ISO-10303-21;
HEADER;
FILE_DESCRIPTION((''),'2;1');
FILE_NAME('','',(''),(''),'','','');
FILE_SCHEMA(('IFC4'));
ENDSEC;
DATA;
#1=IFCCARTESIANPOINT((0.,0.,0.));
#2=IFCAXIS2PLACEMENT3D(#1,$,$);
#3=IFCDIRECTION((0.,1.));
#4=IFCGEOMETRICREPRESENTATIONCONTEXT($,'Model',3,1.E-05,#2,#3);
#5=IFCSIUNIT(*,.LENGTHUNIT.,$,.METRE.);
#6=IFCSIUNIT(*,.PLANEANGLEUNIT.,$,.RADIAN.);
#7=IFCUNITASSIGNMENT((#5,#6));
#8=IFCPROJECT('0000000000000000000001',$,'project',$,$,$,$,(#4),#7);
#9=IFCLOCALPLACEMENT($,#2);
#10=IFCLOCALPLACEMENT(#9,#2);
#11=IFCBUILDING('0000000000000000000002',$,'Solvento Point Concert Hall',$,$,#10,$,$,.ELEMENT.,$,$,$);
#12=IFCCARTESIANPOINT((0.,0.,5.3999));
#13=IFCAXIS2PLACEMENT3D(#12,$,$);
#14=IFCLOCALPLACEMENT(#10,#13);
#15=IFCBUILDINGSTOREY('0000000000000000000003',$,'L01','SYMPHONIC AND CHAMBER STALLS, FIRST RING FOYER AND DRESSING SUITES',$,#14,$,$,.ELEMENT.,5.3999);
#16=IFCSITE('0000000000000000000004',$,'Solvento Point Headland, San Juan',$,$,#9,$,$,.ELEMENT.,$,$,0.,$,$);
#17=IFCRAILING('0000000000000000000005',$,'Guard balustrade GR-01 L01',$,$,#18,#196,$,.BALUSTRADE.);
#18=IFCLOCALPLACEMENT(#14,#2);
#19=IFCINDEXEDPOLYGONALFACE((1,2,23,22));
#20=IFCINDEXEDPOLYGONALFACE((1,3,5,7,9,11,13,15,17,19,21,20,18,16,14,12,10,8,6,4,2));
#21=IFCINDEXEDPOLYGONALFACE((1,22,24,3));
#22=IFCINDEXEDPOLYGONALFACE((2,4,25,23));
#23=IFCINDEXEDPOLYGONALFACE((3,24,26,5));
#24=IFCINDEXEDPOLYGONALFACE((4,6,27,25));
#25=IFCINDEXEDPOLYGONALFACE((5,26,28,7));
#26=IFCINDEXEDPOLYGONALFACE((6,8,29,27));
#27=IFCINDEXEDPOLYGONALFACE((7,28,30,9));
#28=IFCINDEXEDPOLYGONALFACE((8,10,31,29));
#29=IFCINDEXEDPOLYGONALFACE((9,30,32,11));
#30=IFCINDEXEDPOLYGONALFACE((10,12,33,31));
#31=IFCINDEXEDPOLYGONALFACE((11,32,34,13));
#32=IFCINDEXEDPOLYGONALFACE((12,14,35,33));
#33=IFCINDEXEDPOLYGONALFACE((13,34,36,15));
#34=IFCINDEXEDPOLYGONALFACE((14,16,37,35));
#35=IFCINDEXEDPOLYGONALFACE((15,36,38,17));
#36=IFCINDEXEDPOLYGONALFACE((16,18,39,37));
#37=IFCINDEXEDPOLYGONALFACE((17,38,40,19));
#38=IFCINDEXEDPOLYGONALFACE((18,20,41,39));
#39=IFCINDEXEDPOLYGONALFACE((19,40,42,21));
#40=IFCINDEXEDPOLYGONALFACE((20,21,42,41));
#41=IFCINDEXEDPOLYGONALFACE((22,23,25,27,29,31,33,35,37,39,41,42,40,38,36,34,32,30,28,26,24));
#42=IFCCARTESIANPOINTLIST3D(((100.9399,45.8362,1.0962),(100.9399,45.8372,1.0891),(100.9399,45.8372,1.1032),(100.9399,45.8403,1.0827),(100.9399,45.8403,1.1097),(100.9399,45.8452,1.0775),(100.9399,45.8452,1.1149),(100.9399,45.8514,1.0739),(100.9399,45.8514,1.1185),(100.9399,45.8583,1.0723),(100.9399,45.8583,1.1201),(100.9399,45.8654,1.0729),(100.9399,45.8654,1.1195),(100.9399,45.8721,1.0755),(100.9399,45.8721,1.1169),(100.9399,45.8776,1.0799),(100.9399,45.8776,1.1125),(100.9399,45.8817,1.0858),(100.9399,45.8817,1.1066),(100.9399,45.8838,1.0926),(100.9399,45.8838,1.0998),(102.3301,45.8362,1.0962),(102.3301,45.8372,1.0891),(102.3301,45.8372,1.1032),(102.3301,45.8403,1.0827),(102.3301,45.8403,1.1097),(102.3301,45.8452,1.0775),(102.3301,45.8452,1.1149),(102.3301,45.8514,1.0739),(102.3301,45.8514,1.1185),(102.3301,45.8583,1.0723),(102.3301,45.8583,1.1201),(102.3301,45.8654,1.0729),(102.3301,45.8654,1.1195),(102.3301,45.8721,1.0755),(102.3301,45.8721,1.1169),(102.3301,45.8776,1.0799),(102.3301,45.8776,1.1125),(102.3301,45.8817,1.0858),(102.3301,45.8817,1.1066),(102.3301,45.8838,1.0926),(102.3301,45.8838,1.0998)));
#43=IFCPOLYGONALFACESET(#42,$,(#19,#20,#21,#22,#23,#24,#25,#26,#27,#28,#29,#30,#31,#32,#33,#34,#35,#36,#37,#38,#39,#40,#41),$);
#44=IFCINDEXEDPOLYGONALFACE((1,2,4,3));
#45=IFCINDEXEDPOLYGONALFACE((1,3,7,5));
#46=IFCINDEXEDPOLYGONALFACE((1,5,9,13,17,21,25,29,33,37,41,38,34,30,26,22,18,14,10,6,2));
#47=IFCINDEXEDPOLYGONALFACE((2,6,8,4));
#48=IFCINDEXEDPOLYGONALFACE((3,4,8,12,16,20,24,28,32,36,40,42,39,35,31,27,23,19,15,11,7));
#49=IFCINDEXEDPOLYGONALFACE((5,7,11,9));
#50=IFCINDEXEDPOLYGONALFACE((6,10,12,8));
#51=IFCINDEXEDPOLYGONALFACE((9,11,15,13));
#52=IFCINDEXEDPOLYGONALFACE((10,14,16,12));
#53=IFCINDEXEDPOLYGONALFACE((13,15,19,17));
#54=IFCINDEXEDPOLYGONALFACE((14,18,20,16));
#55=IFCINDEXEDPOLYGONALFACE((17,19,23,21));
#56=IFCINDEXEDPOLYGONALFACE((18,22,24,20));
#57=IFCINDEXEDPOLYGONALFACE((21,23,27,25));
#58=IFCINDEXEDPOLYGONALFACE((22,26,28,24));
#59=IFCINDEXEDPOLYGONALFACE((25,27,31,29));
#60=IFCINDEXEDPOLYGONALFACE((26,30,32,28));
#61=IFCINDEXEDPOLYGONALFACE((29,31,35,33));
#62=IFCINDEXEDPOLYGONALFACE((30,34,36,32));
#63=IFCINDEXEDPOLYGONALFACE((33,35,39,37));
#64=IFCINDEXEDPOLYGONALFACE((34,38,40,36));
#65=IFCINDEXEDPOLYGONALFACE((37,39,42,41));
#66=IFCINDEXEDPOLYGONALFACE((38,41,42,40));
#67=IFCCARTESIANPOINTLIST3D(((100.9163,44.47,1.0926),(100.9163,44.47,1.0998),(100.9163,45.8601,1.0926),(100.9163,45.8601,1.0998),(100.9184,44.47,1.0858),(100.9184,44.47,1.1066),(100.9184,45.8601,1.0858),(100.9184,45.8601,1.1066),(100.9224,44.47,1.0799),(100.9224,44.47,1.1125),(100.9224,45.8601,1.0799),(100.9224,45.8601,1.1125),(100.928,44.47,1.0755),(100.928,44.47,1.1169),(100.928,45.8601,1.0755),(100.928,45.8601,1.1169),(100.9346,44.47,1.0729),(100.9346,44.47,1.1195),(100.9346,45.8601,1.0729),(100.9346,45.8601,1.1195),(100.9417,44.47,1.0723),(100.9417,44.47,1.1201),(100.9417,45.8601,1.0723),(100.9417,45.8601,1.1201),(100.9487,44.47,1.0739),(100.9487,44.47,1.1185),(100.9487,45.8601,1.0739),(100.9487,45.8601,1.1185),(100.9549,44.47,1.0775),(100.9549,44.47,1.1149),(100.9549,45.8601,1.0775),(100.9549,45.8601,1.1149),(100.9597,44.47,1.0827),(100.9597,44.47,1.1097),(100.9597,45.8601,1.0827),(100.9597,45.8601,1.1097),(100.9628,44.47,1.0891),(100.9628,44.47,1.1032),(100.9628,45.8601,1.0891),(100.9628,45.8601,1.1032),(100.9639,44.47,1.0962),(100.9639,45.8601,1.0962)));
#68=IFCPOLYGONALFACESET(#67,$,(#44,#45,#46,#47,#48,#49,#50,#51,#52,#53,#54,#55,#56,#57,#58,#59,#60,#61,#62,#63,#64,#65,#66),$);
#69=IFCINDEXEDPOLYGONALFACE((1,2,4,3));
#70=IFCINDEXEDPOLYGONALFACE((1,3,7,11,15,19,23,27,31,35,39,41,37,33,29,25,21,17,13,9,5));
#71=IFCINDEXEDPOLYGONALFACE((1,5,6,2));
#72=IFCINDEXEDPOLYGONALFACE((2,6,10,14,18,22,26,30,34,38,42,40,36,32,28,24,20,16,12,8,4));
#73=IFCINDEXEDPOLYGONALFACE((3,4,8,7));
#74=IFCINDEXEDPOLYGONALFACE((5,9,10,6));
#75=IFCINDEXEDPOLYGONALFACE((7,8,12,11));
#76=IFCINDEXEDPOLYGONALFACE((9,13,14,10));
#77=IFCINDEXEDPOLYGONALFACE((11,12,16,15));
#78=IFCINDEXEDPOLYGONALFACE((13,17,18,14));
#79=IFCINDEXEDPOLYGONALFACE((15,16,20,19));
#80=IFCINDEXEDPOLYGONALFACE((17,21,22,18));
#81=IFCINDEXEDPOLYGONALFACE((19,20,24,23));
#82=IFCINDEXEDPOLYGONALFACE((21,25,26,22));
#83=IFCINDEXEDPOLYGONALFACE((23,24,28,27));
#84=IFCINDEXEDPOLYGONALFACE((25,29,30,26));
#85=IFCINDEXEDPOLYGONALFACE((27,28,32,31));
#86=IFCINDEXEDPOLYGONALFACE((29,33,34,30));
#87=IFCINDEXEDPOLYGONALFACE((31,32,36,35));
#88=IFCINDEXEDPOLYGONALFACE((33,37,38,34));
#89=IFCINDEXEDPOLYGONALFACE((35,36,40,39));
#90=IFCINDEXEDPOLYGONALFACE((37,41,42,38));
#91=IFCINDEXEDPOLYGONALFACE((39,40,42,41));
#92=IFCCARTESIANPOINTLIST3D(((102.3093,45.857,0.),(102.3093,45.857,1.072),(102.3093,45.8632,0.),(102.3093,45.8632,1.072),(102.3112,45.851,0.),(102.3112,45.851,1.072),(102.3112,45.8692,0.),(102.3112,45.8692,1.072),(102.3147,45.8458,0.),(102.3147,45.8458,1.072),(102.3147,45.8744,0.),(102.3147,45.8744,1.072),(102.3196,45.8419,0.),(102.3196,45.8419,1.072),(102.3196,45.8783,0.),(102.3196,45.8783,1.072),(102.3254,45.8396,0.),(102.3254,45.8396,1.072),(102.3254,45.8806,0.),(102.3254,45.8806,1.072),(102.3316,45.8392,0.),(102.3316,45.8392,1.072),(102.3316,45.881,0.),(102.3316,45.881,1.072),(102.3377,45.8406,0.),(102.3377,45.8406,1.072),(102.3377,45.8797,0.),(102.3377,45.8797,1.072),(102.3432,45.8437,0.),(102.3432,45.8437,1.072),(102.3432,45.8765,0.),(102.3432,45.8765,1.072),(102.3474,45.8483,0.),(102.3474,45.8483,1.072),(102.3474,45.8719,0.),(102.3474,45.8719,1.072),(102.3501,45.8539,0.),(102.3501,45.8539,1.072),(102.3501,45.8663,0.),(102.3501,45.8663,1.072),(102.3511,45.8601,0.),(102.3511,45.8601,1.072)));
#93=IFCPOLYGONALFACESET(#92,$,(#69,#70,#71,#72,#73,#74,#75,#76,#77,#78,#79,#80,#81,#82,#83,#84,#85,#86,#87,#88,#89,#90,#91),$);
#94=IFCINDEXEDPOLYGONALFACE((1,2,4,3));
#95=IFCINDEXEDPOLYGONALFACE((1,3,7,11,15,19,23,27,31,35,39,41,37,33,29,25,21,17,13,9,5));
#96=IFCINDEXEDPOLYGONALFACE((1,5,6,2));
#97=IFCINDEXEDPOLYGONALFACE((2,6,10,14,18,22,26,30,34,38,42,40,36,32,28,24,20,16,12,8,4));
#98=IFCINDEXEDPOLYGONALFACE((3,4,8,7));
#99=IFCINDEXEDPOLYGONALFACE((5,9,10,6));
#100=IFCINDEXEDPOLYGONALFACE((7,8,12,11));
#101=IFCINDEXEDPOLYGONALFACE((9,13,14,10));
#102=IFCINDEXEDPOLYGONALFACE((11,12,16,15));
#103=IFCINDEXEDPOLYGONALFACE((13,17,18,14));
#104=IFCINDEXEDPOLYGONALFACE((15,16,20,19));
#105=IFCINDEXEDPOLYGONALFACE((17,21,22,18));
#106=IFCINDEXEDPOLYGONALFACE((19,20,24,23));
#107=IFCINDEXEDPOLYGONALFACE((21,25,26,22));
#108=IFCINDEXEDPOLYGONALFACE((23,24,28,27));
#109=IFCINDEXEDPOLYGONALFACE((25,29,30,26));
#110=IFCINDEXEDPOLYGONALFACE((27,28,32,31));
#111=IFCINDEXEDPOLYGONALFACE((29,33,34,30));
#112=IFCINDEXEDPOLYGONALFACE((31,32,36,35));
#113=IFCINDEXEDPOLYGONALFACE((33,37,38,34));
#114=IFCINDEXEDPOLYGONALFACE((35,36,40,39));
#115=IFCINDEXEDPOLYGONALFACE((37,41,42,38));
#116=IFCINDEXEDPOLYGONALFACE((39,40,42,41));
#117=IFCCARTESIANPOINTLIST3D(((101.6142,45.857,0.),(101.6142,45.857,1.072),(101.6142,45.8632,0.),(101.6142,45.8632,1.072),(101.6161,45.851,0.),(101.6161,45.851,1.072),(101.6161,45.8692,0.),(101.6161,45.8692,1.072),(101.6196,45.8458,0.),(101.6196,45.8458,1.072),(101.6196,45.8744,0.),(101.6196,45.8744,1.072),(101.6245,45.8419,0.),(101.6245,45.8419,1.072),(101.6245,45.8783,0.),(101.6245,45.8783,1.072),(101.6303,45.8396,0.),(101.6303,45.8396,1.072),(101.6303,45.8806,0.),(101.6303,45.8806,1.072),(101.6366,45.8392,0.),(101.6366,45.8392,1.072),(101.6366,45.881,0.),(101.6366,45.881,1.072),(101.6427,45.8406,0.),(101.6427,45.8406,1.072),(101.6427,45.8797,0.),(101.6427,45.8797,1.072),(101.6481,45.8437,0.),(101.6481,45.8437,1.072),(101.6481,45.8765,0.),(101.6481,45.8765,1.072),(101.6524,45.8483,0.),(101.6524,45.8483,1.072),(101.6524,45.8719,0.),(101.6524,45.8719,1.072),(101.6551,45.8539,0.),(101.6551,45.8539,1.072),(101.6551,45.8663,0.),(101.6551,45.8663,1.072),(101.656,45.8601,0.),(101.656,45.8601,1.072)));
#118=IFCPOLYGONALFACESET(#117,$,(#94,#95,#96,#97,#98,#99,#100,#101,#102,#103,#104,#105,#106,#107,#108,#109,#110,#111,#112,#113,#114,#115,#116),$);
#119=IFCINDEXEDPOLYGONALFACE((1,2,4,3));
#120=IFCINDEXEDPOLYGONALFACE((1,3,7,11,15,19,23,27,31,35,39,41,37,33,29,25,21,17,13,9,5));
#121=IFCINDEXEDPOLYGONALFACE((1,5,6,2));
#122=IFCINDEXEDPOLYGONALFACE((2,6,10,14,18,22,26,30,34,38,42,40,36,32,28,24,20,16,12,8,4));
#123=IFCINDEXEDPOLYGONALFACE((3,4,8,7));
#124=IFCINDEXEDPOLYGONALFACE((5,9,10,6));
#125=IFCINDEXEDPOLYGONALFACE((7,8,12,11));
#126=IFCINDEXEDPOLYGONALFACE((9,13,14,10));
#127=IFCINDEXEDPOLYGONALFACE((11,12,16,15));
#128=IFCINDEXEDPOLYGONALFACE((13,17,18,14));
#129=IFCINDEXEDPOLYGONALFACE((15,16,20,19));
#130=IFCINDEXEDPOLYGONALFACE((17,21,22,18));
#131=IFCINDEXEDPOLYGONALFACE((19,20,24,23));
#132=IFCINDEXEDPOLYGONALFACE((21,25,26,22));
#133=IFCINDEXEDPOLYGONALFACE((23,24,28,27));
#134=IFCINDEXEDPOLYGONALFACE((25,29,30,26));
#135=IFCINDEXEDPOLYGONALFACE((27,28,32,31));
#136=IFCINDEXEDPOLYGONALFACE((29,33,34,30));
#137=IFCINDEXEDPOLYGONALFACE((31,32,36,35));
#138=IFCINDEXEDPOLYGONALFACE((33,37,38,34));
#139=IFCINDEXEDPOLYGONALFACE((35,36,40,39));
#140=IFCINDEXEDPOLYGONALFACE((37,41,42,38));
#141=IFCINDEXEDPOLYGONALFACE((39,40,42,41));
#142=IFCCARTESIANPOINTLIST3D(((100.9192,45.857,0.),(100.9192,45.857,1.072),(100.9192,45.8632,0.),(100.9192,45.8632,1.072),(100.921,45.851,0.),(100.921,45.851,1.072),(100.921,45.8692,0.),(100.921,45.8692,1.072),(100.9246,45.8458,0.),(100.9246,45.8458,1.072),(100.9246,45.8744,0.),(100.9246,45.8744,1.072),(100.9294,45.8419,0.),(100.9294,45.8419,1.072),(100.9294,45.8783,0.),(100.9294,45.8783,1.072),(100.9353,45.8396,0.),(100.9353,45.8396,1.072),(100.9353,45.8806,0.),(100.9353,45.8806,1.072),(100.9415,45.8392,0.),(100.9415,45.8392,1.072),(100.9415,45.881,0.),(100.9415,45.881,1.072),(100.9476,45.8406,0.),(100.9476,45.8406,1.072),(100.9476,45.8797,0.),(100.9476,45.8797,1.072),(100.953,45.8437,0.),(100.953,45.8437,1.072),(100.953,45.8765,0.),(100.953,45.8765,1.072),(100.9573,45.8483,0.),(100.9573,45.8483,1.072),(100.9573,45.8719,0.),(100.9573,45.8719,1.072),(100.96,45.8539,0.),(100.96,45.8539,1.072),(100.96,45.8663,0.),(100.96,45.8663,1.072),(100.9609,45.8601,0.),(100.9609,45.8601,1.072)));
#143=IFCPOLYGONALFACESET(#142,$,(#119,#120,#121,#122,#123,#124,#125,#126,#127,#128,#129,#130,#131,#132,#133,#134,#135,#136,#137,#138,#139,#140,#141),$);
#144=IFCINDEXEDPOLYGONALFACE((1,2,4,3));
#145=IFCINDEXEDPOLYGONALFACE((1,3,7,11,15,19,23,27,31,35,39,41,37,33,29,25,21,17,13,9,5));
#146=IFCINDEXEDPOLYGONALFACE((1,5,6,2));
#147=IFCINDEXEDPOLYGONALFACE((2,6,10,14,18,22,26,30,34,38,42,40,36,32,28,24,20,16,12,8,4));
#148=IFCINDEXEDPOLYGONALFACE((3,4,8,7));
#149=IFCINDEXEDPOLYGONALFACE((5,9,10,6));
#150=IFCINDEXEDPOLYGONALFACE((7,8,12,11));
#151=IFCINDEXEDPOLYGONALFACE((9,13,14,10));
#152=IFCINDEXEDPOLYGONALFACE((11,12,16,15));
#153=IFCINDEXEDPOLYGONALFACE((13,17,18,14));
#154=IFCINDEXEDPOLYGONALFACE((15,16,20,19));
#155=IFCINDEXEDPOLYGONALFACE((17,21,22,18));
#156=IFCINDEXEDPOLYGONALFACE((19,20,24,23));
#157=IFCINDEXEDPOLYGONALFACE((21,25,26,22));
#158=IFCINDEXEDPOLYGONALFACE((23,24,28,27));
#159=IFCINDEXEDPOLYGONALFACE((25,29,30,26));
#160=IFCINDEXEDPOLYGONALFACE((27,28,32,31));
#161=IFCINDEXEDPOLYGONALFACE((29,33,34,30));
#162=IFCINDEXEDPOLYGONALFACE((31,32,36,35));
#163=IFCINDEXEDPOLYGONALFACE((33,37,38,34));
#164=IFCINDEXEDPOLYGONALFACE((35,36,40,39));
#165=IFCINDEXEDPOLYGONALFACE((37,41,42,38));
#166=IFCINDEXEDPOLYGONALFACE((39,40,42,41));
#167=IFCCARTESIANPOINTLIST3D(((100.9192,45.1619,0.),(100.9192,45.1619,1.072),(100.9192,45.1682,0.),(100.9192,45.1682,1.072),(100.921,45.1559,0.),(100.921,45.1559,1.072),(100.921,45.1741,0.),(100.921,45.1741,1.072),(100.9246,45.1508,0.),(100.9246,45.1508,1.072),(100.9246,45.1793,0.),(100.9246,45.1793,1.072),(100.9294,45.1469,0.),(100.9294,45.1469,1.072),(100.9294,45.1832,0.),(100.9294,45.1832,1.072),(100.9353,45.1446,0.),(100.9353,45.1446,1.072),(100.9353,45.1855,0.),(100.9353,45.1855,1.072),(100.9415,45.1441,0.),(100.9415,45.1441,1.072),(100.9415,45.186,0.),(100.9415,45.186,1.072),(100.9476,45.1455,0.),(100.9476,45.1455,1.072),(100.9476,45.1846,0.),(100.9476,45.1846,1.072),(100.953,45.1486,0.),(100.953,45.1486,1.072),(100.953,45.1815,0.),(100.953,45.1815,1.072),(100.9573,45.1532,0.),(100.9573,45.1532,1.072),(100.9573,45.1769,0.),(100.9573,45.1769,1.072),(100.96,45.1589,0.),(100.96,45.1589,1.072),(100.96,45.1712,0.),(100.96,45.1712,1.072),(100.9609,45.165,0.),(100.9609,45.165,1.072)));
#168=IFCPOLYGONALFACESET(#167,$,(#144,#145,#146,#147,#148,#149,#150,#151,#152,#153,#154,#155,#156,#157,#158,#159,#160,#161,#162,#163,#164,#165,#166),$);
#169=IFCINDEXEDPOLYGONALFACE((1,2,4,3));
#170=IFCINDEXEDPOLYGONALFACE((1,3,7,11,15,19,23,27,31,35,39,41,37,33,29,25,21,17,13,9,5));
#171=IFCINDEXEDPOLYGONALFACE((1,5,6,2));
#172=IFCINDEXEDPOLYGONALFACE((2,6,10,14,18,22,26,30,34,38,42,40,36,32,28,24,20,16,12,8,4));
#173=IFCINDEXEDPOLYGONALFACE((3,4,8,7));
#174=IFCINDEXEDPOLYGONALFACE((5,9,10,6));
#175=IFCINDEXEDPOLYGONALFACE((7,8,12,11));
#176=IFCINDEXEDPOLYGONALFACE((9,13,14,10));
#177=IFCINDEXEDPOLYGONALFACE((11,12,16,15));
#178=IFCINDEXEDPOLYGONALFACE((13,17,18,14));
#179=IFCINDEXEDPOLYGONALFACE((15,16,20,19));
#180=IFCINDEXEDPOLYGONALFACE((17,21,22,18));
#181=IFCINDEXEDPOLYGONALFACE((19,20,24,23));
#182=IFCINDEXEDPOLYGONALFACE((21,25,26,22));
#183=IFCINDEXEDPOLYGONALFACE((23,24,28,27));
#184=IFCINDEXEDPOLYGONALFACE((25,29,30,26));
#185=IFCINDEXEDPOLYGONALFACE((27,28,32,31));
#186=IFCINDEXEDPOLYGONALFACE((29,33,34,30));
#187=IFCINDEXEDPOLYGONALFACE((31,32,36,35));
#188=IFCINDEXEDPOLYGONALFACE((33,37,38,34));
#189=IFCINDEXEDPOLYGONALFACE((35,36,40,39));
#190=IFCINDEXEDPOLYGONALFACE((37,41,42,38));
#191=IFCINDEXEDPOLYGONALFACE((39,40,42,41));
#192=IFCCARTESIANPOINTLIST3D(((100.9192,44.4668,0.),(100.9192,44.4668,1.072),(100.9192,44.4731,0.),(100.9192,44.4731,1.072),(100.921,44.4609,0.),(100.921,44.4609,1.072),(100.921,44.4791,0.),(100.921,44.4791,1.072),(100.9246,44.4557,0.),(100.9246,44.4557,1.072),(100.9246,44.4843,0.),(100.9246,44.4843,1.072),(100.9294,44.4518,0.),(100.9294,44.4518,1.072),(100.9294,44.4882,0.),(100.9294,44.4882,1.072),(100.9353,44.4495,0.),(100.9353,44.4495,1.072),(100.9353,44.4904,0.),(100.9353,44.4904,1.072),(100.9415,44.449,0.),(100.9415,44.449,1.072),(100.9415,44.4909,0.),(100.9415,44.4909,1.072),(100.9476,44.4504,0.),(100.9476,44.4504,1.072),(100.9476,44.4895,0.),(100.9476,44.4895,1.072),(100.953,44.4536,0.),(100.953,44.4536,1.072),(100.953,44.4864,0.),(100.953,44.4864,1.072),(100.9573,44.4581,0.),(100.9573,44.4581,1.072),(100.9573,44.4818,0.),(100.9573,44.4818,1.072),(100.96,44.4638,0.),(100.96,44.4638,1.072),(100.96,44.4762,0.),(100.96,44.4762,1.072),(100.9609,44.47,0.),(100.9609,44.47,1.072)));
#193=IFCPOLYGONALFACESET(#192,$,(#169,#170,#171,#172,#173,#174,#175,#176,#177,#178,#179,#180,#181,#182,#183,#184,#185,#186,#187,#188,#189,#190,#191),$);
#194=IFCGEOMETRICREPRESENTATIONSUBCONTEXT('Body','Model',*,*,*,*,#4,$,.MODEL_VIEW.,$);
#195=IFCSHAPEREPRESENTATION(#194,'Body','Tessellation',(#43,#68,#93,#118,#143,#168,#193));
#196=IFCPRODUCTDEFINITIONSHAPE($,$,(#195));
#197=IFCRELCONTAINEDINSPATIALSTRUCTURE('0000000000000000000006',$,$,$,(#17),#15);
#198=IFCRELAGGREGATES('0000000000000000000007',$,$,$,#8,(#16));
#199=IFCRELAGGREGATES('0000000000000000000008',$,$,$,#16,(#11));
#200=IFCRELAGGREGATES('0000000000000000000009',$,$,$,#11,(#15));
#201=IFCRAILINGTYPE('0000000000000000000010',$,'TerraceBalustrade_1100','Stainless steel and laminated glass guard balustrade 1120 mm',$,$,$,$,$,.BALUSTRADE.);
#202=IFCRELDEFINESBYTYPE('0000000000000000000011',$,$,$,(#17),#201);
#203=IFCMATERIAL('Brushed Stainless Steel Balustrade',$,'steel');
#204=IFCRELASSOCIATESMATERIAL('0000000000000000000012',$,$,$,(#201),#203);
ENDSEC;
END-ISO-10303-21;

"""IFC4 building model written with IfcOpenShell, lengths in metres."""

from ifc_helpers import new_model, si_unit, direction, frame, origin, origin_2d, place, context, subcontext, project, spatial, circle, extrude, material, type_object, element, save


model = new_model("IFC4")

# Units and contexts
model_context = context("Model", 3, precision=1e-05, world=origin(), true_north=direction((0.0, 1.0)))
body_context = subcontext(model_context, "Body", "Model", "MODEL_VIEW")
ifc_project = project(units=[si_unit("LENGTHUNIT", "METRE"), si_unit("PLANEANGLEUNIT", "RADIAN")], contexts=[model_context])

# Site, building, storey
site_placement = place(None, origin())
site = spatial("IfcSite", under=ifc_project, at=site_placement, Name="Solvento Point Headland, San Juan", CompositionType="ELEMENT", RefElevation=0.0)
building_placement = place(site_placement, origin())
building = spatial("IfcBuilding", under=site, at=building_placement, Name="Solvento Point Concert Hall", CompositionType="ELEMENT")
storey_placement = place(building_placement, frame((0.0, 0.0, 5.3999)))
storey = spatial("IfcBuildingStorey", under=building, at=storey_placement, Name="L01", Description="SYMPHONIC AND CHAMBER STALLS, FIRST RING FOYER AND DRESSING SUITES", CompositionType="ELEMENT", Elevation=5.3999)

# Railing
ifc_material_1 = material(Name="Brushed Stainless Steel Balustrade", Category="steel")
railing_type_1 = type_object("IfcRailingType", Name="TerraceBalustrade_1100", Description="Stainless steel and laminated glass guard balustrade 1120 mm", PredefinedType="BALUSTRADE", material=ifc_material_1)
railing_1_placement = place(storey_placement, frame((102.3301, 45.8601, 0.0)))
element("IfcRailing", 1, at=railing_1_placement, inside=storey, type_object=railing_type_1, Name="Guard balustrade GR-01 L01", PredefinedType="BALUSTRADE", context=body_context, shape_type="SweptSolid", body=[
    extrude(circle(Radius=0.0239, at=origin_2d()), frame((0.0, 0.0, 1.0962), z_axis=(-1.0, 0.0, 0.0), x_axis=(0.0, -1.0, 0.0)), (0.0, 0.0, 1.0), 1.3901),
    extrude(circle(Radius=0.0239, at=origin_2d()), frame((-1.3901, 0.0, 1.0962), z_axis=(0.0, -1.0, 0.0), x_axis=(1.0, 0.0, 0.0)), (0.0, 0.0, 1.0), 1.3901),
    extrude(circle(Radius=0.021, at=origin_2d()), origin(), (0.0, 0.0, 1.0), 1.072),
    extrude(circle(Radius=0.021, at=origin_2d()), frame((-0.6951, 0.0, 0.0)), (0.0, 0.0, 1.0), 1.072),
    extrude(circle(Radius=0.021, at=origin_2d()), frame((-1.3901, 0.0, 0.0)), (0.0, 0.0, 1.0), 1.072),
    extrude(circle(Radius=0.021, at=origin_2d()), frame((-1.3901, -0.6951, 0.0)), (0.0, 0.0, 1.0), 1.072),
    extrude(circle(Radius=0.021, at=origin_2d()), frame((-1.3901, -1.3901, 0.0)), (0.0, 0.0, 1.0), 1.072),
])

save(model, "model.ifc")
